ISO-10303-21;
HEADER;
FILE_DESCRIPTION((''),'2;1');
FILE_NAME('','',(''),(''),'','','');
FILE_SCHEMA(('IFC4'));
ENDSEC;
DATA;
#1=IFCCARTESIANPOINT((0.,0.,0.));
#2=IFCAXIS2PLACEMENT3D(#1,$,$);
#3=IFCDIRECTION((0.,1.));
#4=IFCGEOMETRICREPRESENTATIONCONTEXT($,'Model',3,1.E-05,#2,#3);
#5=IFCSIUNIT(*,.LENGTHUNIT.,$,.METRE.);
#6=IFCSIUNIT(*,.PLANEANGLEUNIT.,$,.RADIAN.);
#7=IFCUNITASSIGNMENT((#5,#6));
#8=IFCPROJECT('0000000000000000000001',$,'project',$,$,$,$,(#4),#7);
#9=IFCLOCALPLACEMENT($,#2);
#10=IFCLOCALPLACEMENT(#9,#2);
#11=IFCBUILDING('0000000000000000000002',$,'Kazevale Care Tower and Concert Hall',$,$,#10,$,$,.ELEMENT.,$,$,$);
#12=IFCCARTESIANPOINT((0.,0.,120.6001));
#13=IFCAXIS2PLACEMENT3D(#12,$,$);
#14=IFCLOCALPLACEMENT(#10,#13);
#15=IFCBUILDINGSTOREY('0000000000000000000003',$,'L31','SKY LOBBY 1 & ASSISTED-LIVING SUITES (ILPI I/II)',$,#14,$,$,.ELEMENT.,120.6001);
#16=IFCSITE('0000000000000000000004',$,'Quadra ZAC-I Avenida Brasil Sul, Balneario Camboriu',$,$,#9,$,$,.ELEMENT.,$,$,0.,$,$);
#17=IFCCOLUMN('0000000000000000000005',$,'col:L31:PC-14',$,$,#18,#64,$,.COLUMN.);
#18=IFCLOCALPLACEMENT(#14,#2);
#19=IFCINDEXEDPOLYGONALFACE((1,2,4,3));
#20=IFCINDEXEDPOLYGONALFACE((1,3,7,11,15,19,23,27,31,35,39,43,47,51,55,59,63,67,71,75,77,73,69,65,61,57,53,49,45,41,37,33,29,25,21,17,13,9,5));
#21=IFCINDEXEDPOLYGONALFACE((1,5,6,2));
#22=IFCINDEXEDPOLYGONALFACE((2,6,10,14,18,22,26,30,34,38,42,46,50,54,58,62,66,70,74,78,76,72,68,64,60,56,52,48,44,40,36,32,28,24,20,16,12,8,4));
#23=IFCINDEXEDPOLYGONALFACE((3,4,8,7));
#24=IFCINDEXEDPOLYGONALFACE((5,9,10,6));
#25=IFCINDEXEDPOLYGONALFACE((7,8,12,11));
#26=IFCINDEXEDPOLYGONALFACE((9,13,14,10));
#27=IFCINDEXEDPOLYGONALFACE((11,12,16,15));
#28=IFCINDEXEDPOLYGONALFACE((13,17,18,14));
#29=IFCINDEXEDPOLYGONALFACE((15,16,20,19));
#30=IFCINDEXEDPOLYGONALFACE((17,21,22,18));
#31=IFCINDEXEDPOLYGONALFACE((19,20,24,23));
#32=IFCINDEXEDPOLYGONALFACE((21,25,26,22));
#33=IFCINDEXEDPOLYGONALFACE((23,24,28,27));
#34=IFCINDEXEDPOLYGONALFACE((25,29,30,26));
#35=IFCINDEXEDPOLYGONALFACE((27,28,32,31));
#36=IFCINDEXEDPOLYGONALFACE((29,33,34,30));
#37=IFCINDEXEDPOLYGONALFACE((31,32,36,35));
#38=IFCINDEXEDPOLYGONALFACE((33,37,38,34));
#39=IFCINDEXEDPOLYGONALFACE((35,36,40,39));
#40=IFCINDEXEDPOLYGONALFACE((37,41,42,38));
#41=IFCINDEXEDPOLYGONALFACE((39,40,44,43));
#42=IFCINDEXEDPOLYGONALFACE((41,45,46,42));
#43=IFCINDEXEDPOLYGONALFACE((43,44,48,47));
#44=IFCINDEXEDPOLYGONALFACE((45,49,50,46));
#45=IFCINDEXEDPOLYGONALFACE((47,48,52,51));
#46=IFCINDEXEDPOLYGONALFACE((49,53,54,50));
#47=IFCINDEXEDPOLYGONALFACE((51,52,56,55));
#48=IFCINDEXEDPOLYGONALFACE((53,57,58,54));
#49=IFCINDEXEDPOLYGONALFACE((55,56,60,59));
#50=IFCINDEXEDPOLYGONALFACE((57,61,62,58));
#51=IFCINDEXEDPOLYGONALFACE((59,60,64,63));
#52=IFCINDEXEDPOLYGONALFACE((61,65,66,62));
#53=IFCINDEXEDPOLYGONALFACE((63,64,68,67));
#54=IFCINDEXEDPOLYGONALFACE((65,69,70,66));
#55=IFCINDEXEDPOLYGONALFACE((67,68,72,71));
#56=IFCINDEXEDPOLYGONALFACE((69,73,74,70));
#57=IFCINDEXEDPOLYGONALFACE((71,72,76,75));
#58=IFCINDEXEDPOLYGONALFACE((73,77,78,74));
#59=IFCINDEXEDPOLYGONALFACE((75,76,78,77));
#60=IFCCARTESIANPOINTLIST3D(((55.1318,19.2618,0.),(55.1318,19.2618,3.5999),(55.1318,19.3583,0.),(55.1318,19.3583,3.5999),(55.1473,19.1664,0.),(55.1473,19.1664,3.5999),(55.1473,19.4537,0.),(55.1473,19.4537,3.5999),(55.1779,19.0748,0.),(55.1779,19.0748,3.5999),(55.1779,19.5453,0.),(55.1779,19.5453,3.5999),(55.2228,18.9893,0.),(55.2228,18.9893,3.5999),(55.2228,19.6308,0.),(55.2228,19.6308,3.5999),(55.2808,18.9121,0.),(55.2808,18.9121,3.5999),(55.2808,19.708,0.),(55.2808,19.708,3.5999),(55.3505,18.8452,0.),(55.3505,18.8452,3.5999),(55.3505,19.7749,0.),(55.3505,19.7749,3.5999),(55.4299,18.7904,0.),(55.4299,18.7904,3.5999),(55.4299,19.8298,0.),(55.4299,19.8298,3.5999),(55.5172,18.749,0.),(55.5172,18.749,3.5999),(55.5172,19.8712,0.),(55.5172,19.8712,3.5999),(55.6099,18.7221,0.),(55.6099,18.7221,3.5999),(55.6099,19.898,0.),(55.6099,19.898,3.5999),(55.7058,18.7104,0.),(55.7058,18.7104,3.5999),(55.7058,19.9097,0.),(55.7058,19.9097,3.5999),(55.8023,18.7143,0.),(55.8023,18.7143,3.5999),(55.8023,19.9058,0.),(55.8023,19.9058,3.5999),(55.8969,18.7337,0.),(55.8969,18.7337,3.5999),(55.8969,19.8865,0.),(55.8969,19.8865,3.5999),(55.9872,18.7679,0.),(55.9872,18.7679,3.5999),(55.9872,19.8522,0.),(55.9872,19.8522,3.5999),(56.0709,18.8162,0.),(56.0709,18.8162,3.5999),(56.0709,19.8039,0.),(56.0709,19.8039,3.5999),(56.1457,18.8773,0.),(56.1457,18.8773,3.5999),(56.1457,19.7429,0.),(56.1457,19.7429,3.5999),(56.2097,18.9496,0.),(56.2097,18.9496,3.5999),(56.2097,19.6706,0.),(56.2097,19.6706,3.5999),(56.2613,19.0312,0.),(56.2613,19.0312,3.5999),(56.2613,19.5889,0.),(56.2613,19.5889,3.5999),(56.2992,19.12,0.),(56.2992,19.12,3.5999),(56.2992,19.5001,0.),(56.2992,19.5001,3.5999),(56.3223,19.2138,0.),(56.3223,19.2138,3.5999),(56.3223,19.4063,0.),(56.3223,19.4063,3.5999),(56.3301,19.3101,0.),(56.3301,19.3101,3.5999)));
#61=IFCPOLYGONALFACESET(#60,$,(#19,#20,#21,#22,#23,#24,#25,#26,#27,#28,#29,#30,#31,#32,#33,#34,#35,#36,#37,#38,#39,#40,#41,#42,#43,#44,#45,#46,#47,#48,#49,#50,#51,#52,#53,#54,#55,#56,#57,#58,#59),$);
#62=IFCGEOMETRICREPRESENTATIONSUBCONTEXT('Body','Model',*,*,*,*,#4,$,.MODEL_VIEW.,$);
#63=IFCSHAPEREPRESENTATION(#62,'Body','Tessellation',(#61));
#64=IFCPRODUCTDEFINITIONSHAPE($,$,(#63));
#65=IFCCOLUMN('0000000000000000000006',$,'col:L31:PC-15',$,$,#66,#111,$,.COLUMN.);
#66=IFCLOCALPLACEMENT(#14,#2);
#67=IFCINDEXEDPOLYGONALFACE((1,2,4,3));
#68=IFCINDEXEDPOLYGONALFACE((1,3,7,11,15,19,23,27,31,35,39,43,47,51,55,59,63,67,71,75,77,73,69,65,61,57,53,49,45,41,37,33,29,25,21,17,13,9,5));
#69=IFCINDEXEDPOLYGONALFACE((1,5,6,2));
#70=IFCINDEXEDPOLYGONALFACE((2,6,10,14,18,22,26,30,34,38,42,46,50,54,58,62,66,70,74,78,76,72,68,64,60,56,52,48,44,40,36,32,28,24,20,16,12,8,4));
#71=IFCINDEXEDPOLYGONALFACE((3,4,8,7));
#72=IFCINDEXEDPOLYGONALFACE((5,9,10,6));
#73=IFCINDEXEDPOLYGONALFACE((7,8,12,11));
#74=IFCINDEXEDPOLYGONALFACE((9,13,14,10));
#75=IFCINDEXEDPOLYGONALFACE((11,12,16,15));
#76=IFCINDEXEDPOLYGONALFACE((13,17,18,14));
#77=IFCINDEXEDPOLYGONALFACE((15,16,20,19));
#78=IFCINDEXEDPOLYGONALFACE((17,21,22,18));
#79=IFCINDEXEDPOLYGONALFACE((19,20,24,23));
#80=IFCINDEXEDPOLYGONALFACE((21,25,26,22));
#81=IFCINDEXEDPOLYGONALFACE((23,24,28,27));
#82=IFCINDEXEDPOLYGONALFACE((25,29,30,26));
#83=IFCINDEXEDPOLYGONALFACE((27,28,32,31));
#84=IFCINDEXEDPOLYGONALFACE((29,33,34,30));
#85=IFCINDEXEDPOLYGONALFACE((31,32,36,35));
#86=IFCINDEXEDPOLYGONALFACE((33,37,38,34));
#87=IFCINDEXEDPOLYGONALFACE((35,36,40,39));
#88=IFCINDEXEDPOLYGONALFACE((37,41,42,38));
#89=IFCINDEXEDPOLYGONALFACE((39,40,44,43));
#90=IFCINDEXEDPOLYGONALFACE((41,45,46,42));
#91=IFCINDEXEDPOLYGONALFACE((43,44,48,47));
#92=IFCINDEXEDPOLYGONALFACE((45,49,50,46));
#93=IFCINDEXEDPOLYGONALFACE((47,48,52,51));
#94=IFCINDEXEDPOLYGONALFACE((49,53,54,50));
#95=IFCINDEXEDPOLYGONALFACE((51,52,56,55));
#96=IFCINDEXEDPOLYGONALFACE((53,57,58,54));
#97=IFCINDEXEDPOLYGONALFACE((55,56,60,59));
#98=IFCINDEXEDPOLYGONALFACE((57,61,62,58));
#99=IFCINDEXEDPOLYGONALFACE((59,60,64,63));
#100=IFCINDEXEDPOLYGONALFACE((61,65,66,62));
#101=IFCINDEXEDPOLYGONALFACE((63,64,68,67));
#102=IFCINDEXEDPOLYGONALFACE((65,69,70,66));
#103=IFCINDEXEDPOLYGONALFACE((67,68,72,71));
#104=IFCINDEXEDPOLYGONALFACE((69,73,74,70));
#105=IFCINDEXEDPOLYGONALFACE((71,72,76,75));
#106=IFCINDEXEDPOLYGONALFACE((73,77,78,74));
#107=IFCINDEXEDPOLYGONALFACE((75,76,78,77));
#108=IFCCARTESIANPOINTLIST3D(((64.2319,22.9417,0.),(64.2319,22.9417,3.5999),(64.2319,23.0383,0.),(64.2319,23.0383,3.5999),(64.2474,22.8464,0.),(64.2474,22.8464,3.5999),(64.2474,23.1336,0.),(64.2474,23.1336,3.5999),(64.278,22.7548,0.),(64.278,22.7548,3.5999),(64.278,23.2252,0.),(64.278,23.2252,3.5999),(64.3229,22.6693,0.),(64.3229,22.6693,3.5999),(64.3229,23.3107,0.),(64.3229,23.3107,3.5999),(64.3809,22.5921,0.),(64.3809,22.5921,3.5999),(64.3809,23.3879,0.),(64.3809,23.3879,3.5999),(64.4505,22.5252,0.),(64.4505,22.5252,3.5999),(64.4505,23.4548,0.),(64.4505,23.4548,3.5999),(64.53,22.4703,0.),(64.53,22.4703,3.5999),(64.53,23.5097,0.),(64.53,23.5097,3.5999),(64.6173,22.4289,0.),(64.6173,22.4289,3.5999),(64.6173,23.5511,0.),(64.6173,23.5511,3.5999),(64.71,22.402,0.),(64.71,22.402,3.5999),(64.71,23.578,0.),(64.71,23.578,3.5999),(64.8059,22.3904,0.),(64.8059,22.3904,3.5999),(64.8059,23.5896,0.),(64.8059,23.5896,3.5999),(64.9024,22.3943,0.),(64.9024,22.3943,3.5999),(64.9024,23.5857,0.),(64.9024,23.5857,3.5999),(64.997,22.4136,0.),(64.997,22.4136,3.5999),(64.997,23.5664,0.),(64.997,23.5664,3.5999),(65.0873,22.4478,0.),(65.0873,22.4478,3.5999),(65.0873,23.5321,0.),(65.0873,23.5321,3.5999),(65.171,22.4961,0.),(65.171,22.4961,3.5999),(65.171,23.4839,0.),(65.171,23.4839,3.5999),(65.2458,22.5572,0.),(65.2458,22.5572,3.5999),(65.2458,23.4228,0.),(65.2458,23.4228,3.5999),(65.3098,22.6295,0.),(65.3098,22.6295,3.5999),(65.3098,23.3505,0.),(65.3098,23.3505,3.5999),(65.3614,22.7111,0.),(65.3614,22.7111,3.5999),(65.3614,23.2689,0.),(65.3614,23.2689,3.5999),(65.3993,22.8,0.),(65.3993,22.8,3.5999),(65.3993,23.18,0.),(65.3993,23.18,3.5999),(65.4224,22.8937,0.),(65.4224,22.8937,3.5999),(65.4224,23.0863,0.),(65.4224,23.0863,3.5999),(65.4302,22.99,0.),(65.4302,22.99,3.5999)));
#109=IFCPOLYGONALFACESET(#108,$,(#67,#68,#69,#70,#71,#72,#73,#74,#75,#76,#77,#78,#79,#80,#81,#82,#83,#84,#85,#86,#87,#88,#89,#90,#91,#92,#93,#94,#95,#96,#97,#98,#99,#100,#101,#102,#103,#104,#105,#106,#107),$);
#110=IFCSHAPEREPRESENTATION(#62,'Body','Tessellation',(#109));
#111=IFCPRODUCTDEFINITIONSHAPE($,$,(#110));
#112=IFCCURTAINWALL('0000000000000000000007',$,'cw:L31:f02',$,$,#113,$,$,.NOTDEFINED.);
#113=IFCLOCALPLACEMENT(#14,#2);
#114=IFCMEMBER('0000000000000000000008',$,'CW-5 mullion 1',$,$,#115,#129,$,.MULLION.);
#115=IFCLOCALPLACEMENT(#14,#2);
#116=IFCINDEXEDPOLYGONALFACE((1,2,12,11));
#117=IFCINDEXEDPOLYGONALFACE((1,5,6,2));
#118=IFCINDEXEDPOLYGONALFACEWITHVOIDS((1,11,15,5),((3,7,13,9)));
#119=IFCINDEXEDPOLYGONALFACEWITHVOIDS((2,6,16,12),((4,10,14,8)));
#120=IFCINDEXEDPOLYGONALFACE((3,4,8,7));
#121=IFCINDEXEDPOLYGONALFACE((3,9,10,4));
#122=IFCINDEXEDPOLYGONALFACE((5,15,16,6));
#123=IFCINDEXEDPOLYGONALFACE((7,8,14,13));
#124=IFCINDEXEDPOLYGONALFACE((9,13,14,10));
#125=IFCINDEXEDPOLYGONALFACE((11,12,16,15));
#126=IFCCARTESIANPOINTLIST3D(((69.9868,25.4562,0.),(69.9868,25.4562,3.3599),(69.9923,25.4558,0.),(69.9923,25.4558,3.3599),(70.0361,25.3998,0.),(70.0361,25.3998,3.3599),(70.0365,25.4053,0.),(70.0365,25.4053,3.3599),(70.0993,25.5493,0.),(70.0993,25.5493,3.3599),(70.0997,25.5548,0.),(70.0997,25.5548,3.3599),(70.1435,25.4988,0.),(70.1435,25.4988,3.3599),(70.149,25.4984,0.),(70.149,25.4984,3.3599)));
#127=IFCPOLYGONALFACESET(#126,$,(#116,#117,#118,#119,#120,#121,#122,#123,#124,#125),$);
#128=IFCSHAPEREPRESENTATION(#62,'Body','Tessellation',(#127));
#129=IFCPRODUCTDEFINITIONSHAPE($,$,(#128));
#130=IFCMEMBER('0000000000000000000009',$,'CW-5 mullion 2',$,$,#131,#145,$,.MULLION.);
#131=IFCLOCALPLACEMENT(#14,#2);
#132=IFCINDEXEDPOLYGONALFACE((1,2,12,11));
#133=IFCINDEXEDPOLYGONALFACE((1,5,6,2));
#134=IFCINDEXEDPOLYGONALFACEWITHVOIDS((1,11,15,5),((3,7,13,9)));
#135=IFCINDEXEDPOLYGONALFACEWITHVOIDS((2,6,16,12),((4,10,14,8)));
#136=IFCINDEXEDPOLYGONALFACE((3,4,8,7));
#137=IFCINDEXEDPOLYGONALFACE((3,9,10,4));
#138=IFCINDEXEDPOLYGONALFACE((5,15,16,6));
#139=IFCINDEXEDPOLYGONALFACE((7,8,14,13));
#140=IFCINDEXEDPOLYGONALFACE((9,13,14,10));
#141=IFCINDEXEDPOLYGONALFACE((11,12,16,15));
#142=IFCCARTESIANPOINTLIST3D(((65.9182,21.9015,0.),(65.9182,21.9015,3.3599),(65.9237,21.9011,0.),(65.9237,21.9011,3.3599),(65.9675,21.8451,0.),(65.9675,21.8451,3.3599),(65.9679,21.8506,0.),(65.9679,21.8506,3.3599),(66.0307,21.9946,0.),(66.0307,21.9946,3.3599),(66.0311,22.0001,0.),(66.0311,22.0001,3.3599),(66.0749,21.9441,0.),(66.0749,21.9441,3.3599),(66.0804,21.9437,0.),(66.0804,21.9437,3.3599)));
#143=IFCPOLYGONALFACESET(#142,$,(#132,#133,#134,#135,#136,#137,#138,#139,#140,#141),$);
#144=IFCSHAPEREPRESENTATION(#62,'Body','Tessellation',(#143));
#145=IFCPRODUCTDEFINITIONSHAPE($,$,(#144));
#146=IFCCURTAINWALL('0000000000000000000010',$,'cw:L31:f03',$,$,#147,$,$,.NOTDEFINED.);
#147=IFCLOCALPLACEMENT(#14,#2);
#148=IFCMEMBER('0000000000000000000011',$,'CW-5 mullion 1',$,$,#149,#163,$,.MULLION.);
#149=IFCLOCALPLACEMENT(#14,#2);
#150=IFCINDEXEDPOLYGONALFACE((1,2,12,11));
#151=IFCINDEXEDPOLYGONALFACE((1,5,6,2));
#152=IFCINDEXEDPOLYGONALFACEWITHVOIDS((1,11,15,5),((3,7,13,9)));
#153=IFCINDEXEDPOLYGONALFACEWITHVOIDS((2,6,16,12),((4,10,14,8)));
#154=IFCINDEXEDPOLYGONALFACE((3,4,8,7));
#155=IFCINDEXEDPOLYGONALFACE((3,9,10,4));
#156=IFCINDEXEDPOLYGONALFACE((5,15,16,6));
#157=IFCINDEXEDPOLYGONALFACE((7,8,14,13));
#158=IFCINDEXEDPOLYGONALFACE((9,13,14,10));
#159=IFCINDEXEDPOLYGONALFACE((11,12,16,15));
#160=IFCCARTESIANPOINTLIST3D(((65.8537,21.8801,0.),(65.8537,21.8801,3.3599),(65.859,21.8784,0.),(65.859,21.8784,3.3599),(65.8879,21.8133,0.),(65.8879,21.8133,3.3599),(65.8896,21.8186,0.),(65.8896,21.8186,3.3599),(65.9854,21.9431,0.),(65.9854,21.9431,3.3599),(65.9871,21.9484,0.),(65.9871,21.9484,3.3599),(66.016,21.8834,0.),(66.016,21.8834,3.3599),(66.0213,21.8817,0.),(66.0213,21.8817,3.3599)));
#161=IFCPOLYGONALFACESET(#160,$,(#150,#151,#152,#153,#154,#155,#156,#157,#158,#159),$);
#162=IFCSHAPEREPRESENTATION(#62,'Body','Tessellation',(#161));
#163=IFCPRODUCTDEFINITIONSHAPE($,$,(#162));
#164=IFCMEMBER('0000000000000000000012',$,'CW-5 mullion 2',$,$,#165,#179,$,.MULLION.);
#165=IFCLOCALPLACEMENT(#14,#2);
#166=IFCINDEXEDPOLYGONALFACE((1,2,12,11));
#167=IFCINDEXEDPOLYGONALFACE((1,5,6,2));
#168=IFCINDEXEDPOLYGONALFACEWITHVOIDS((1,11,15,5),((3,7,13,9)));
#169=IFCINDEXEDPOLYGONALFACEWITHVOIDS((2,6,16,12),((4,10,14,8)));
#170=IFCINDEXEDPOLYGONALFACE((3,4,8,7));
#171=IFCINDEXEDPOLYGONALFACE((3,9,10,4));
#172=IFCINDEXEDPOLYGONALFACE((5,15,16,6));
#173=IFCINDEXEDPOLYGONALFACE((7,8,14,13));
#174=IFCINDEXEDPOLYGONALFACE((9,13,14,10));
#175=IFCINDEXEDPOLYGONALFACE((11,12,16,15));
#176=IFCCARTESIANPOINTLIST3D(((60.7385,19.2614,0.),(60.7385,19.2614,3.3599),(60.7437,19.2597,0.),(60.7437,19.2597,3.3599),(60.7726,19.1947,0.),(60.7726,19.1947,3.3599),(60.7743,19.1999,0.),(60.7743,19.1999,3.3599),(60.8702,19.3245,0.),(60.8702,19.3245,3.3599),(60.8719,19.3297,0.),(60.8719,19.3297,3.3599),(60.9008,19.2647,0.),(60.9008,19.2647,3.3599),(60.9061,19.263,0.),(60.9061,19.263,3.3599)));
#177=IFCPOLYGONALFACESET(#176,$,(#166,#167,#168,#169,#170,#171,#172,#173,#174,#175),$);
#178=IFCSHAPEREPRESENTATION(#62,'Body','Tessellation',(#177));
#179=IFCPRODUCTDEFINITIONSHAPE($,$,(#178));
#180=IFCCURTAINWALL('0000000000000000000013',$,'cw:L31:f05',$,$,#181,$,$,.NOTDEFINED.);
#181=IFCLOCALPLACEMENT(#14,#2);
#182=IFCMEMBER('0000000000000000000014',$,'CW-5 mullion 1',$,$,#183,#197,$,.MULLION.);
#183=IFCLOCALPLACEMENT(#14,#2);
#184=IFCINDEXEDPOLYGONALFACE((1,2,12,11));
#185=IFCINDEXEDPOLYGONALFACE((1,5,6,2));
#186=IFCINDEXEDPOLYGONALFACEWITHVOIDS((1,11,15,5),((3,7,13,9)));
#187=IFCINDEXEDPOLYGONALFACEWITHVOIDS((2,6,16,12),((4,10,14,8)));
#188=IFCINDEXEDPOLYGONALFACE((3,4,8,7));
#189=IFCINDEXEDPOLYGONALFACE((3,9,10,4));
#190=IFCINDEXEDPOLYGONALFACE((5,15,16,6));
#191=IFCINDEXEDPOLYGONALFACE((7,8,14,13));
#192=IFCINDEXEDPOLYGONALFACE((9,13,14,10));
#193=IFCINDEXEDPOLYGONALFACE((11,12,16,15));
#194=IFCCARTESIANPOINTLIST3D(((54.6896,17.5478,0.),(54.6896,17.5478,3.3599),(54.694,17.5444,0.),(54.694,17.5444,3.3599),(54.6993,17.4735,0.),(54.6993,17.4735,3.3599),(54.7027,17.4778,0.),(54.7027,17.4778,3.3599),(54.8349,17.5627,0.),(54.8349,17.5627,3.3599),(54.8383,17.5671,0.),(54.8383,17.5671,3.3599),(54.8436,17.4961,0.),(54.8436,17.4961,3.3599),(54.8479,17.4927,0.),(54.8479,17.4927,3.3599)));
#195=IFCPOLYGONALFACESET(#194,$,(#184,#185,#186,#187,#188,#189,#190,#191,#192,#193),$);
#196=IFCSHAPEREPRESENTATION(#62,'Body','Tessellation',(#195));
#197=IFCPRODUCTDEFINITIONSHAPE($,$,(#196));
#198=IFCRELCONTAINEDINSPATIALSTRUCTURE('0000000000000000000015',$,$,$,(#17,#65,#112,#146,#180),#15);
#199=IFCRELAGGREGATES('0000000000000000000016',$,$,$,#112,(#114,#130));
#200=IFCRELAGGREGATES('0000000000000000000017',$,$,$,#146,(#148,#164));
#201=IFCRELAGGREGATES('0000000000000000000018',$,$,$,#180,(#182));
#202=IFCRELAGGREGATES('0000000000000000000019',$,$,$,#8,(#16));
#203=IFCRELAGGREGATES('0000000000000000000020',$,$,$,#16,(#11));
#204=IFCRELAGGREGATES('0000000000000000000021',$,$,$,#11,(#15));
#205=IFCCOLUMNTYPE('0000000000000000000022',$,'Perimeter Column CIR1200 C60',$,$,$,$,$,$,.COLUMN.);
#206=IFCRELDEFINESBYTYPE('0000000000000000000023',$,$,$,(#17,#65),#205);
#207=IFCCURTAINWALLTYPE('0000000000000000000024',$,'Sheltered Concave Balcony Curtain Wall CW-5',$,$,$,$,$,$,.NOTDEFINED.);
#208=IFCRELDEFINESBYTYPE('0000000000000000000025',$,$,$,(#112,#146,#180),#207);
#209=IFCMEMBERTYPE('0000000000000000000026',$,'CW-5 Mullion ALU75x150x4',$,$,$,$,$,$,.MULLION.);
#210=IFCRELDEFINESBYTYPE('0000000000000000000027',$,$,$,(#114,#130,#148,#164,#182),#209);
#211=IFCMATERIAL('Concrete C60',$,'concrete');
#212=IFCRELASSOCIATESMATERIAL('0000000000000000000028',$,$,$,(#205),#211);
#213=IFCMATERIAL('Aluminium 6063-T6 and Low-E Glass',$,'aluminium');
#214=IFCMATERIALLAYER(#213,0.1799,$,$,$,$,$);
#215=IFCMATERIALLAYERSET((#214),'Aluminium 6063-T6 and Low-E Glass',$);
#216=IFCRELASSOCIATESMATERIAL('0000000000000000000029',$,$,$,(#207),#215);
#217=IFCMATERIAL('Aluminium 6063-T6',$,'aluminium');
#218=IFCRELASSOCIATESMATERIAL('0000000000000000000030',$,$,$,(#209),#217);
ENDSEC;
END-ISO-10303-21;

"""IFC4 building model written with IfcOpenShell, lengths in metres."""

from ifc_helpers import new_model, si_unit, direction, frame, origin, origin_2d, place, context, subcontext, project, spatial, hollow_rectangle, circle, extrude, material, layer, layer_set, material_profile, profile_set, type_object, element, aggregate, save


model = new_model("IFC4")

# Units and contexts
model_context = context("Model", 3, precision=1e-05, world=origin(), true_north=direction((0.0, 1.0)))
body_context = subcontext(model_context, "Body", "Model", "MODEL_VIEW")
ifc_project = project(units=[si_unit("LENGTHUNIT", "METRE"), si_unit("PLANEANGLEUNIT", "RADIAN")], contexts=[model_context])

# Site, building, storey
site_placement = place(None, origin())
site = spatial("IfcSite", under=ifc_project, at=site_placement, Name="Quadra ZAC-I Avenida Brasil Sul, Balneario Camboriu", CompositionType="ELEMENT", RefElevation=0.0)
building_placement = place(site_placement, origin())
building = spatial("IfcBuilding", under=site, at=building_placement, Name="Kazevale Care Tower and Concert Hall", CompositionType="ELEMENT")
storey_placement = place(building_placement, frame((0.0, 0.0, 120.6001)))
storey = spatial("IfcBuildingStorey", under=building, at=storey_placement, Name="L31", Description="SKY LOBBY 1 & ASSISTED-LIVING SUITES (ILPI I/II)", CompositionType="ELEMENT", Elevation=120.6001)

# Columns
ifc_material_1 = material(Name="Concrete C60", Category="concrete")
ifc_material_profile_1 = material_profile(ifc_material_1, circle(Radius=0.6001, at=origin_2d()), Name="RC-CIR1200")
ifc_profile_set_1 = profile_set([ifc_material_profile_1], Name="Concrete C60")
column_type = type_object("IfcColumnType", Name="Perimeter Column CIR1200 C60", PredefinedType="COLUMN", material=ifc_profile_set_1)
for number, where, z_axis, x_axis, name in (
    (1, (55.73, 19.3101, 0.0), (0.0, 0.0, 1.0), (1.0, 0.0, 0.0), "col:L31:PC-14"),
    (2, (64.8301, 22.99, 0.0), (0.0, 0.0, 1.0), (1.0, 0.0, 0.0), "col:L31:PC-15"),
):
    element("IfcColumn", number, at=place(storey_placement, frame(where, z_axis=z_axis, x_axis=x_axis)), inside=storey, type_object=column_type, Name=name, PredefinedType="COLUMN", context=body_context, shape_type="SweptSolid", body=[
        extrude(circle(Radius=0.6001, at=origin_2d()), origin(), (0.0, 0.0, 1.0), 3.5999),
    ])

# Curtain walls, members
ifc_material_2 = material(Name="Aluminium 6063-T6 and Low-E Glass", Category="aluminium")
ifc_layer_1 = layer(ifc_material_2, 0.1799)
ifc_layer_set_1 = layer_set([ifc_layer_1], Name="Aluminium 6063-T6 and Low-E Glass")
curtain_wall_type = type_object("IfcCurtainWallType", Name="Sheltered Concave Balcony Curtain Wall CW-5", PredefinedType="NOTDEFINED", material=ifc_layer_set_1)
curtain_wall_1_placement = place(storey_placement, origin())
curtain_wall_1 = element("IfcCurtainWall", 3, at=curtain_wall_1_placement, inside=storey, type_object=curtain_wall_type, Name="cw:L31:f02", PredefinedType="NOTDEFINED")
ifc_material_3 = material(Name="Aluminium 6063-T6", Category="aluminium")
ifc_material_profile_2 = material_profile(ifc_material_3, hollow_rectangle(XDim=0.075, YDim=0.1499, WallThickness=0.0039, at=origin_2d()), Name="ALU75x150x4")
ifc_profile_set_2 = profile_set([ifc_material_profile_2], Name="Aluminium 6063-T6")
member_type_1 = type_object("IfcMemberType", Name="CW-5 Mullion ALU75x150x4", PredefinedType="MULLION", material=ifc_profile_set_2)
member_1_placement = place(storey_placement, frame((70.0679, 25.4773, 0.0), z_axis=(0.0, 0.0, 1.0), x_axis=(0.657949, -0.753063, 0.0)))
member_1 = element("IfcMember", 4, at=member_1_placement, type_object=member_type_1, Name="CW-5 mullion 1", PredefinedType="MULLION", context=body_context, shape_type="SweptSolid", body=[
    extrude(hollow_rectangle(XDim=0.075, YDim=0.1499, WallThickness=0.0039, at=origin_2d()), origin(), (0.0, 0.0, 1.0), 3.3599),
])
member_2_placement = place(storey_placement, frame((65.9993, 21.9226, 0.0), z_axis=(0.0, 0.0, 1.0), x_axis=(0.657949, -0.753063, 0.0)))
member_2 = element("IfcMember", 5, at=member_2_placement, type_object=member_type_1, Name="CW-5 mullion 2", PredefinedType="MULLION", context=body_context, shape_type="SweptSolid", body=[
    extrude(hollow_rectangle(XDim=0.075, YDim=0.1499, WallThickness=0.0039, at=origin_2d()), origin(), (0.0, 0.0, 1.0), 3.3599),
])
curtain_wall_2_placement = place(storey_placement, origin())
curtain_wall_2 = element("IfcCurtainWall", 6, at=curtain_wall_2_placement, inside=storey, type_object=curtain_wall_type, Name="cw:L31:f03", PredefinedType="NOTDEFINED")
member_3_placement = place(storey_placement, frame((65.9375, 21.8809, 0.0), z_axis=(0.0, 0.0, 1.0), x_axis=(0.455713, -0.890127, 0.0)))
member_3 = element("IfcMember", 7, at=member_3_placement, type_object=member_type_1, Name="CW-5 mullion 1", PredefinedType="MULLION", context=body_context, shape_type="SweptSolid", body=[
    extrude(hollow_rectangle(XDim=0.075, YDim=0.1499, WallThickness=0.0039, at=origin_2d()), origin(), (0.0, 0.0, 1.0), 3.3599),
])
member_4_placement = place(storey_placement, frame((60.8223, 19.2622, 0.0), z_axis=(0.0, 0.0, 1.0), x_axis=(0.455713, -0.890127, 0.0)))
member_4 = element("IfcMember", 8, at=member_4_placement, type_object=member_type_1, Name="CW-5 mullion 2", PredefinedType="MULLION", context=body_context, shape_type="SweptSolid", body=[
    extrude(hollow_rectangle(XDim=0.075, YDim=0.1499, WallThickness=0.0039, at=origin_2d()), origin(), (0.0, 0.0, 1.0), 3.3599),
])
curtain_wall_3_placement = place(storey_placement, origin())
curtain_wall_3 = element("IfcCurtainWall", 9, at=curtain_wall_3_placement, inside=storey, type_object=curtain_wall_type, Name="cw:L31:f05", PredefinedType="NOTDEFINED")
member_5_placement = place(storey_placement, frame((54.7688, 17.5203, 0.0), z_axis=(0.0, 0.0, 1.0), x_axis=(0.128685, -0.991686, 0.0)))
member_5 = element("IfcMember", 10, at=member_5_placement, type_object=member_type_1, Name="CW-5 mullion 1", PredefinedType="MULLION", context=body_context, shape_type="SweptSolid", body=[
    extrude(hollow_rectangle(XDim=0.075, YDim=0.1499, WallThickness=0.0039, at=origin_2d()), origin(), (0.0, 0.0, 1.0), 3.3599),
])

aggregate(curtain_wall_1, [member_1, member_2])
aggregate(curtain_wall_2, [member_3, member_4])
aggregate(curtain_wall_3, [member_5])

save(model, "model.ifc")
